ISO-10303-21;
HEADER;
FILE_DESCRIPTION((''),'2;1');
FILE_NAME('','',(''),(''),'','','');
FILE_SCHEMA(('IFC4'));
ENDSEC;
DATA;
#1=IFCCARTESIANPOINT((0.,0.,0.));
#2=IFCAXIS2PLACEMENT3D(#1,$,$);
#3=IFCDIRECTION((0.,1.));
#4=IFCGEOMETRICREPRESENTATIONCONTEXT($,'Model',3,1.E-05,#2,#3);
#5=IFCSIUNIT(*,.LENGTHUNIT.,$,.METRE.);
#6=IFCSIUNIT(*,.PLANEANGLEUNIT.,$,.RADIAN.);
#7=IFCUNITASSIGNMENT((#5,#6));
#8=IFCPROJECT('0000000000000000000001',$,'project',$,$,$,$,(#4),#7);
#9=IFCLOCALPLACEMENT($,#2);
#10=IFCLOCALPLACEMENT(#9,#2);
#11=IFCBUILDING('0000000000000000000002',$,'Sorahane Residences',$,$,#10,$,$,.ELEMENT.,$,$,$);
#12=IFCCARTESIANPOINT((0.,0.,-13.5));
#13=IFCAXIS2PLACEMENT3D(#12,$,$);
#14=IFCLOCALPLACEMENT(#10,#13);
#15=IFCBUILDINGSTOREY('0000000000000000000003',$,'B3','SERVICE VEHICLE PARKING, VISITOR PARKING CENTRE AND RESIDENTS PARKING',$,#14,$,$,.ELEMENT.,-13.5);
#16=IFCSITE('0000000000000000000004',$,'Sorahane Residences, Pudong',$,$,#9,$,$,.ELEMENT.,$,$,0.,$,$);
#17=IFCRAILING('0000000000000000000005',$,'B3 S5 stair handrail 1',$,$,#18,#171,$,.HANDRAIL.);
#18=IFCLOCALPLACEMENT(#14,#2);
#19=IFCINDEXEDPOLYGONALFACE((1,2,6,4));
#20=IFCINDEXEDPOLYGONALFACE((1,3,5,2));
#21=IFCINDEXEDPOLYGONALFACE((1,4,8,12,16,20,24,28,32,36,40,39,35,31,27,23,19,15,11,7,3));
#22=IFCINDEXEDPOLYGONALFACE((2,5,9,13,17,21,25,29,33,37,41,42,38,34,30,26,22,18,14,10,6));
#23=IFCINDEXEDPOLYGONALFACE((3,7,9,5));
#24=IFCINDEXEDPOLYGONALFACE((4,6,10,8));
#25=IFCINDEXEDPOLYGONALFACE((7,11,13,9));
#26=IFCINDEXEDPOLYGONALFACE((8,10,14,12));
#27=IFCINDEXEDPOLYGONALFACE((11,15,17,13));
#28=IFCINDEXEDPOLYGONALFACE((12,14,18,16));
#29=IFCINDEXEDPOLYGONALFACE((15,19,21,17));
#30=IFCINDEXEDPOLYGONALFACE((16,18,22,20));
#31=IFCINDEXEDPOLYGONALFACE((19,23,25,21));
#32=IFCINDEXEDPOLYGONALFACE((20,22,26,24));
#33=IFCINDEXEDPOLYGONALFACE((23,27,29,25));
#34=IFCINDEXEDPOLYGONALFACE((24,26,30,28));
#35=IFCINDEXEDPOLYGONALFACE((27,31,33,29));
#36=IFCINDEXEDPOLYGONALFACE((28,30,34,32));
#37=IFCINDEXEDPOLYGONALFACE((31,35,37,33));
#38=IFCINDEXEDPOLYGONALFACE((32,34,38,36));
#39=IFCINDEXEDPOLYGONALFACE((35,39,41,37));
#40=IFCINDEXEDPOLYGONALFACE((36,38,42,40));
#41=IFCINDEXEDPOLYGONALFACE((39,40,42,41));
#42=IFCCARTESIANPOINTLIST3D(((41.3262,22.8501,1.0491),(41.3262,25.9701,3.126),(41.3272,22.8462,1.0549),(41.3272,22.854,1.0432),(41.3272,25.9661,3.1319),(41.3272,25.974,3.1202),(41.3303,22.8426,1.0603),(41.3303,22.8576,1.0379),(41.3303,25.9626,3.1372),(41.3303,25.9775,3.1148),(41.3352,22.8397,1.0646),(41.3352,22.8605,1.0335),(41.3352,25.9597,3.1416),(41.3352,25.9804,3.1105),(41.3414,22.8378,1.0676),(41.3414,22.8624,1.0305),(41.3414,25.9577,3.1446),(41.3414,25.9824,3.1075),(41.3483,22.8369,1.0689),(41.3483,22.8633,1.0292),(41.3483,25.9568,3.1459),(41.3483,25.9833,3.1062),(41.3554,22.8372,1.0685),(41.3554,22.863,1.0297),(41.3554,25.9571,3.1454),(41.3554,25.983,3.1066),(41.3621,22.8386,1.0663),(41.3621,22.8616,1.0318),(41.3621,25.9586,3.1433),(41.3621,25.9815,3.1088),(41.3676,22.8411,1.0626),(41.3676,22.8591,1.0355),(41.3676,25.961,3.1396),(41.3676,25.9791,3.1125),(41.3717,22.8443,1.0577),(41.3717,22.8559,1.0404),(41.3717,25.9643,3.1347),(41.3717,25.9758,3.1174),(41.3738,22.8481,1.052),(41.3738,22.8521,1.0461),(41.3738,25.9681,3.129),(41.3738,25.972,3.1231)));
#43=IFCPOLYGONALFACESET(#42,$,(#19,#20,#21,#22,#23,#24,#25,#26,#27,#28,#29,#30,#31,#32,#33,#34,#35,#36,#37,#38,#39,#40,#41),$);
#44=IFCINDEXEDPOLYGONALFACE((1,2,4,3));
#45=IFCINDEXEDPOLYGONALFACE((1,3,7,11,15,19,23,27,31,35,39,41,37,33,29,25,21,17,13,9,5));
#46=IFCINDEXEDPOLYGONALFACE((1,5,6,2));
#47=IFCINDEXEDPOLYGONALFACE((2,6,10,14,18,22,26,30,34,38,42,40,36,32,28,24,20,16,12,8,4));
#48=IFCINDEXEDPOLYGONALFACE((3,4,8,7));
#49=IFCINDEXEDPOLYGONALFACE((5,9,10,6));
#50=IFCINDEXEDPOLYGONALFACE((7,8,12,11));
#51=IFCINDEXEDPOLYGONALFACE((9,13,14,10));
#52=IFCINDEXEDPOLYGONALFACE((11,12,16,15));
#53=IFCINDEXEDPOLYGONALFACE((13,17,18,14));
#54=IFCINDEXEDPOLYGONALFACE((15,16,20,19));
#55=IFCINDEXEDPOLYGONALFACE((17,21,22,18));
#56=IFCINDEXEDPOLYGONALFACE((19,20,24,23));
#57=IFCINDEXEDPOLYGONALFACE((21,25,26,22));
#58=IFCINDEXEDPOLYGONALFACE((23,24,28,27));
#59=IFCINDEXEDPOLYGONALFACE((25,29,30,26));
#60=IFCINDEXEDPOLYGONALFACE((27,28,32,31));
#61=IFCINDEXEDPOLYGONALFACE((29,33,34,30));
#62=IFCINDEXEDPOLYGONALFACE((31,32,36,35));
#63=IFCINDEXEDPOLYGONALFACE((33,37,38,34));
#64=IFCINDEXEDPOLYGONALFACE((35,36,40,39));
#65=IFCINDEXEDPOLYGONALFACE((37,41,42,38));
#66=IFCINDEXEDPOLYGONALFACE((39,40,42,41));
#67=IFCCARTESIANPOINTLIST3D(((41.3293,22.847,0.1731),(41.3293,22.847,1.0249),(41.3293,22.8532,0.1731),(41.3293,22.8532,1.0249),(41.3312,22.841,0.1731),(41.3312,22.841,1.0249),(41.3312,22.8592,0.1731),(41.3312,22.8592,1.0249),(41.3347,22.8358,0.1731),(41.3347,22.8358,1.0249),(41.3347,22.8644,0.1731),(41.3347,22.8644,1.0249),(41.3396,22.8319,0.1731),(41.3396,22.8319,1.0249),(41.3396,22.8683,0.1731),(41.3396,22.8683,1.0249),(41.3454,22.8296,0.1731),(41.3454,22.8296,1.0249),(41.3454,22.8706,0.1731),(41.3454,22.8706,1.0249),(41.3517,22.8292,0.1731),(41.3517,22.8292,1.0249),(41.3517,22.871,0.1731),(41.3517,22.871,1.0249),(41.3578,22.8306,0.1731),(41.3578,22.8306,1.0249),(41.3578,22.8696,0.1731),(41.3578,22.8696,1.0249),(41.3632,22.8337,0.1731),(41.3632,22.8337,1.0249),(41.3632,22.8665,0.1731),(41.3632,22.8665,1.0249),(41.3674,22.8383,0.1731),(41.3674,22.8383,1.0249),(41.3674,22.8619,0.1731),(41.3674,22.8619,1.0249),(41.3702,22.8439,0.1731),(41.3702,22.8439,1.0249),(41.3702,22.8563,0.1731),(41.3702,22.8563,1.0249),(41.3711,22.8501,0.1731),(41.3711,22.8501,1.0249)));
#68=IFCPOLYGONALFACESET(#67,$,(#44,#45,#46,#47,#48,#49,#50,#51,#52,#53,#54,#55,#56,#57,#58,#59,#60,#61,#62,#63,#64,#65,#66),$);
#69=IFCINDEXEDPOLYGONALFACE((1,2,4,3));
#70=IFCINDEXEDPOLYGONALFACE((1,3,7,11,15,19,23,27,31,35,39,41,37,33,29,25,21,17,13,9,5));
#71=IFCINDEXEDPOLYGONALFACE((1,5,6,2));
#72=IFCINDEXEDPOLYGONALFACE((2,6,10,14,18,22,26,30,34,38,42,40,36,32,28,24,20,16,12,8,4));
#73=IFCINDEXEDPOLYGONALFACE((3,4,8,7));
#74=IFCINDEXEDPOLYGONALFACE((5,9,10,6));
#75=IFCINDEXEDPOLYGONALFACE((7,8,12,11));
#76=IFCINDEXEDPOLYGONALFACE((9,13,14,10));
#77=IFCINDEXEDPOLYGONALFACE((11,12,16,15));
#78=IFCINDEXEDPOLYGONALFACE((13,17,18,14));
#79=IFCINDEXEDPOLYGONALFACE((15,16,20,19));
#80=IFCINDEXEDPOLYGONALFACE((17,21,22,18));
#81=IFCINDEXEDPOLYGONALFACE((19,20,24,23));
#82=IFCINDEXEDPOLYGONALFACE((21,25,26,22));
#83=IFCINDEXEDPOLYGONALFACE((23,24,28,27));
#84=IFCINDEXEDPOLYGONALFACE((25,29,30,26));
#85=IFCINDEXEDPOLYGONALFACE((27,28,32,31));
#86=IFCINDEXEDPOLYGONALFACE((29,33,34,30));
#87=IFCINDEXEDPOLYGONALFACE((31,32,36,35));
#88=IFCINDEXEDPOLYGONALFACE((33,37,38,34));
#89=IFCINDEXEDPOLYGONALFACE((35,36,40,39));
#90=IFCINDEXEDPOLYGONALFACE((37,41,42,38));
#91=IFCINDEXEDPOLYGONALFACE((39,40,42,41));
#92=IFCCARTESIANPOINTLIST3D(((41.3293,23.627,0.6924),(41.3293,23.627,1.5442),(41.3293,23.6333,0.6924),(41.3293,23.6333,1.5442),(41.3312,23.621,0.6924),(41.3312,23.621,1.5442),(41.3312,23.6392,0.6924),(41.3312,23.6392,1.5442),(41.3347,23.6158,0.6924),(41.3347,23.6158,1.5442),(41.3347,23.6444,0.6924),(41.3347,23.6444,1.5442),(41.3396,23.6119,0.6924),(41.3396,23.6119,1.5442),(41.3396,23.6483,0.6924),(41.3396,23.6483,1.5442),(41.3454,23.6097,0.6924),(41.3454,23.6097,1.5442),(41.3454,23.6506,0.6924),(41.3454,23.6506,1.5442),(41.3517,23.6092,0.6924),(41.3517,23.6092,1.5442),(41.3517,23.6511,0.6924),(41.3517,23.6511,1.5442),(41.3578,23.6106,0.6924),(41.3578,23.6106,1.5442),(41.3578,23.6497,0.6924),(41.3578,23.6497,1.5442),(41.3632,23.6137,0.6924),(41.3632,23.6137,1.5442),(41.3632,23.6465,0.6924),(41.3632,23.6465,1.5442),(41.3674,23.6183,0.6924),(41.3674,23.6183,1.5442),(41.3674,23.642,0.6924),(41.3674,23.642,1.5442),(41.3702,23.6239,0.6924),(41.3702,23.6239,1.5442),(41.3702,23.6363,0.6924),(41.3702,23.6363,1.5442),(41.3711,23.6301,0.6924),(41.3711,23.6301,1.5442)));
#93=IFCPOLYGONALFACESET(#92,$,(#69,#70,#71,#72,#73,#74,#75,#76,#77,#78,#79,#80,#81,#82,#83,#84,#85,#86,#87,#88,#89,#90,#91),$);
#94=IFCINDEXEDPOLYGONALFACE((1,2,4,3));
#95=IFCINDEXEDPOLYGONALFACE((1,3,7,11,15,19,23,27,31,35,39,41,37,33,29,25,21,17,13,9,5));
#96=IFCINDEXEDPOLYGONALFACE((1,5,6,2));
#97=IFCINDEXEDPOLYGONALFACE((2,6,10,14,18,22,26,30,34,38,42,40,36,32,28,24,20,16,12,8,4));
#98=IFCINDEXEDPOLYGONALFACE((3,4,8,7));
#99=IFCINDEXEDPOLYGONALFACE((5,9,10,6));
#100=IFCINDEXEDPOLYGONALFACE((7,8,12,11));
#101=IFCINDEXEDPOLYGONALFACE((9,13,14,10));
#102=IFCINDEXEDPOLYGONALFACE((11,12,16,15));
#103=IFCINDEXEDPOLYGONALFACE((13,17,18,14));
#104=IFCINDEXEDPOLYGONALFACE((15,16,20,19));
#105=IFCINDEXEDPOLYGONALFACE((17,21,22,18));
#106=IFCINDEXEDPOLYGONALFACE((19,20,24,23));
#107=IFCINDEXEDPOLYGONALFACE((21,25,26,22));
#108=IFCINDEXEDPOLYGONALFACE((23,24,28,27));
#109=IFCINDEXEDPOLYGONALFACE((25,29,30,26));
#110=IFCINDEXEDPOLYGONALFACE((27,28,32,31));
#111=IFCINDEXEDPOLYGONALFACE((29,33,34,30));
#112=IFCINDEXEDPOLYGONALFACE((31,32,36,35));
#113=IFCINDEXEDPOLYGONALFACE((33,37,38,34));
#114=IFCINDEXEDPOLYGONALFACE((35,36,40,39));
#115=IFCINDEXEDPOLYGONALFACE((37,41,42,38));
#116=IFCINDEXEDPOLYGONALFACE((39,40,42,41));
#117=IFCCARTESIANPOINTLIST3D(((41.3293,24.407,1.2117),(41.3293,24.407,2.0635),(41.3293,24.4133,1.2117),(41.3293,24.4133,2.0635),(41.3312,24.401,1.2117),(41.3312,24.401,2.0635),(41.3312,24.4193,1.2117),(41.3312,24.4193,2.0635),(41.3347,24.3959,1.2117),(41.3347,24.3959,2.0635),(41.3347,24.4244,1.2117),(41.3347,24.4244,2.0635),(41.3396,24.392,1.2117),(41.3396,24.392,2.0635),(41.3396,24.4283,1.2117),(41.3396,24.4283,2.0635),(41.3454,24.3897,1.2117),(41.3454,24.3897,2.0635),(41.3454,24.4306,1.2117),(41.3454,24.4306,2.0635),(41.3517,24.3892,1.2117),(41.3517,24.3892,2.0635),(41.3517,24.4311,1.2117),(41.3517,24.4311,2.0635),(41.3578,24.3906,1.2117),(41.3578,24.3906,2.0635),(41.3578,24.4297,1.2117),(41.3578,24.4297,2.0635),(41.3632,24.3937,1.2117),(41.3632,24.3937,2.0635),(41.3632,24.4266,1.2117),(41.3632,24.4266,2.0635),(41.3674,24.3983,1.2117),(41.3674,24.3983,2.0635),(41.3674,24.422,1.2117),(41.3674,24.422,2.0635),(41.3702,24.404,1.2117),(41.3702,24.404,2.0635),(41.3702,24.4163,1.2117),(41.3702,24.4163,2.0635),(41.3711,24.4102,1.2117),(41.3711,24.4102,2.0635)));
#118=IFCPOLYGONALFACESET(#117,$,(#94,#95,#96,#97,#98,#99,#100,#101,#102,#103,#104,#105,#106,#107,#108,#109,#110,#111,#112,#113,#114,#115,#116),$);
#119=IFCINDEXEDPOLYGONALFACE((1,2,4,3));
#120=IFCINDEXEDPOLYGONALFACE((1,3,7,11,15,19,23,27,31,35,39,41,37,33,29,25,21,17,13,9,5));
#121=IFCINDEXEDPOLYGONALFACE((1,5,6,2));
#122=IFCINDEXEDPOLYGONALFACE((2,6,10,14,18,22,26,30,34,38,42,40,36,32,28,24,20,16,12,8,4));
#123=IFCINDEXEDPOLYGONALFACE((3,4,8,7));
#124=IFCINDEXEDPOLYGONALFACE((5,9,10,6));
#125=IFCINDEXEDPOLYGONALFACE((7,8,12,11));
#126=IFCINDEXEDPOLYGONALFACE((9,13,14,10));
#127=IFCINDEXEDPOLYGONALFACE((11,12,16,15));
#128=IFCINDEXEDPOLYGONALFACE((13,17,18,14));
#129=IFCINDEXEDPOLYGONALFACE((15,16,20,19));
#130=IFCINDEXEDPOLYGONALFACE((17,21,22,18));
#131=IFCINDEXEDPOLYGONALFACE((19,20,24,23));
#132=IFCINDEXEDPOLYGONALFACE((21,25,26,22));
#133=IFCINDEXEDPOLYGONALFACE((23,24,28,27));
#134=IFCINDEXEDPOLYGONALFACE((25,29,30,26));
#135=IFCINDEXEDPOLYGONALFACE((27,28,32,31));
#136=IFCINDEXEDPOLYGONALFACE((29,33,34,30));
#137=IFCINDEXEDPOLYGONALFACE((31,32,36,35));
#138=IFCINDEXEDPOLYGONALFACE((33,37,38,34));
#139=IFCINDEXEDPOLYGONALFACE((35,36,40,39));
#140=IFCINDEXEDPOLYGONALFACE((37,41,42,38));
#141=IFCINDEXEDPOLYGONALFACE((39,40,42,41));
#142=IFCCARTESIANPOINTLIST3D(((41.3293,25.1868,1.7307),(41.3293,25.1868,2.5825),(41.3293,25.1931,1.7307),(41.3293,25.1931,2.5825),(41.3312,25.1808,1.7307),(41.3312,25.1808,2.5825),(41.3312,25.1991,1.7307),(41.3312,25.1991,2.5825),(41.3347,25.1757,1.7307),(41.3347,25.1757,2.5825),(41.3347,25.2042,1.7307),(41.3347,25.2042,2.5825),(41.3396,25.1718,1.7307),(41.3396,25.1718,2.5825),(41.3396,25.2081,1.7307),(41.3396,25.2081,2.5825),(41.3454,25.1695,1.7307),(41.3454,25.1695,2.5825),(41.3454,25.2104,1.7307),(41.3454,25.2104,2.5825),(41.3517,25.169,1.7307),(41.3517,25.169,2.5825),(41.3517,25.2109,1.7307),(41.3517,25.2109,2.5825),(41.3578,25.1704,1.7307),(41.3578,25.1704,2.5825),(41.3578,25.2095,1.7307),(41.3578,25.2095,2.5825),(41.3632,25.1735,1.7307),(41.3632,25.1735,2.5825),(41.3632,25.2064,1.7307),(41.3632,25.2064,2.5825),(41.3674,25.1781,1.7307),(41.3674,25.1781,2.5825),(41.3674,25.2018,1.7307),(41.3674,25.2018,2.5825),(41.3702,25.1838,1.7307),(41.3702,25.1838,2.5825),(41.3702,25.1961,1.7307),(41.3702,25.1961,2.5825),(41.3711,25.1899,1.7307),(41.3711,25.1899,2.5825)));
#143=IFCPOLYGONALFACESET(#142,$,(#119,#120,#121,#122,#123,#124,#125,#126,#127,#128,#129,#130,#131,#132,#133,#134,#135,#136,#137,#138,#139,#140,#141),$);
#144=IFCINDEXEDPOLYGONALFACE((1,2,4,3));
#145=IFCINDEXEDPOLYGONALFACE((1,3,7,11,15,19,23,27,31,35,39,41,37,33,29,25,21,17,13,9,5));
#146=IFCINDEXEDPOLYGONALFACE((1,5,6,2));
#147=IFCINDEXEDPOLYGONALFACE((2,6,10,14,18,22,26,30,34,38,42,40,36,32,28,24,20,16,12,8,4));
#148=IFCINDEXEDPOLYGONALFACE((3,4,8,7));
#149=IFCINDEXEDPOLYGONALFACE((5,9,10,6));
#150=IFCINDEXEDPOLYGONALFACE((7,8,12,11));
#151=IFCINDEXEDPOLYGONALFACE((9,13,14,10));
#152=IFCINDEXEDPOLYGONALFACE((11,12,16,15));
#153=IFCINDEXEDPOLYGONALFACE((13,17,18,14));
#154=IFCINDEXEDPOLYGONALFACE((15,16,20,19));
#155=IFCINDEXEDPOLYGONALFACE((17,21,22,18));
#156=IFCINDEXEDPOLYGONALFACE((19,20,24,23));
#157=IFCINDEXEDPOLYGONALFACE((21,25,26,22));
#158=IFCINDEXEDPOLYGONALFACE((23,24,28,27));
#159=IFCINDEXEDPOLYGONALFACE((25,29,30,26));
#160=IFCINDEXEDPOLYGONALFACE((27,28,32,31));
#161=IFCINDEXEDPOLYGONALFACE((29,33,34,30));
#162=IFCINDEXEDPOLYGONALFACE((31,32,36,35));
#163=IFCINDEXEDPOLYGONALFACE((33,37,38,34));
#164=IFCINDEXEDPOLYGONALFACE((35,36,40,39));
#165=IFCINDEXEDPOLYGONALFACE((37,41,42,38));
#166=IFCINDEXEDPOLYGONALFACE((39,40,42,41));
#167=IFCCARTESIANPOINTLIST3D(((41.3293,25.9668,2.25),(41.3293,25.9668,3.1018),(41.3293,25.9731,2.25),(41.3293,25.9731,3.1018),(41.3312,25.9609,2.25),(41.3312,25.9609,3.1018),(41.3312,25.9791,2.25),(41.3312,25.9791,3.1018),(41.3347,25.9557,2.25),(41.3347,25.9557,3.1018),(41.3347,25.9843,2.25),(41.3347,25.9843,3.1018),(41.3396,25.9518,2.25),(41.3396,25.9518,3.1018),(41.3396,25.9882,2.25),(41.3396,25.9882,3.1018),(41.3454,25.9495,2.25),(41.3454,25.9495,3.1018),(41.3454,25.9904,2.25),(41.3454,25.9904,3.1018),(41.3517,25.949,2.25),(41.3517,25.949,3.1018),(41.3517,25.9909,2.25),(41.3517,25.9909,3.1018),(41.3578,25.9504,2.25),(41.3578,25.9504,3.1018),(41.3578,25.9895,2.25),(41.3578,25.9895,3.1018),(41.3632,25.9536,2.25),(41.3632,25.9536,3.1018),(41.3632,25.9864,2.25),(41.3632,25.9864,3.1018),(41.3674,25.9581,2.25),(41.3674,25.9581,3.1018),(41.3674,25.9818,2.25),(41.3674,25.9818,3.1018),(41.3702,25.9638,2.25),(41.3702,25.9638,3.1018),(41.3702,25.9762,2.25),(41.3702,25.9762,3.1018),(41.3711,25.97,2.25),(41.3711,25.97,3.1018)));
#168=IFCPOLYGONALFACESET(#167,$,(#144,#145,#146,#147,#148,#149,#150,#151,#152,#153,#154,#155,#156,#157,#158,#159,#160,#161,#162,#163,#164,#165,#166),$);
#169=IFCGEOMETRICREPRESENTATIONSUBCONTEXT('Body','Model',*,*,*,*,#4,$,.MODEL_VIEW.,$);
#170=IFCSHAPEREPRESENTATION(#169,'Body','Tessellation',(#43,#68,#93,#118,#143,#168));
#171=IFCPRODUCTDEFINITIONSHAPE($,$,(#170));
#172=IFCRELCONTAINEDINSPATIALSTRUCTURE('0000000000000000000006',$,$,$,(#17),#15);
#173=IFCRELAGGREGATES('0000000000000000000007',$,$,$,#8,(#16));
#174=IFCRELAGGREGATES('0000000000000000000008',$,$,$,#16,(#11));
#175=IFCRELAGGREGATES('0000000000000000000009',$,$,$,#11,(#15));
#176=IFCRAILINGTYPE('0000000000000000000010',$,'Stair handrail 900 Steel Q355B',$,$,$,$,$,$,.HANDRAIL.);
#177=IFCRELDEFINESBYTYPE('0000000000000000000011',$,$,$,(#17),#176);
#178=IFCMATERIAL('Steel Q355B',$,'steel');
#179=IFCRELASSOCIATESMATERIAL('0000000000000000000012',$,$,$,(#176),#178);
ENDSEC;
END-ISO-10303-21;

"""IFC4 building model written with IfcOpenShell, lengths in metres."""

from ifc_helpers import new_model, si_unit, direction, frame, origin, origin_2d, place, context, subcontext, project, spatial, circle, extrude, material, type_object, element, save


model = new_model("IFC4")

# Units and contexts
model_context = context("Model", 3, precision=1e-05, world=origin(), true_north=direction((0.0, 1.0)))
body_context = subcontext(model_context, "Body", "Model", "MODEL_VIEW")
ifc_project = project(units=[si_unit("LENGTHUNIT", "METRE"), si_unit("PLANEANGLEUNIT", "RADIAN")], contexts=[model_context])

# Site, building, storey
site_placement = place(None, origin())
site = spatial("IfcSite", under=ifc_project, at=site_placement, Name="Sorahane Residences, Pudong", CompositionType="ELEMENT", RefElevation=0.0)
building_placement = place(site_placement, origin())
building = spatial("IfcBuilding", under=site, at=building_placement, Name="Sorahane Residences", CompositionType="ELEMENT")
storey_placement = place(building_placement, frame((0.0, 0.0, -13.5)))
storey = spatial("IfcBuildingStorey", under=building, at=storey_placement, Name="B3", Description="SERVICE VEHICLE PARKING, VISITOR PARKING CENTRE AND RESIDENTS PARKING", CompositionType="ELEMENT", Elevation=-13.5)

# Railing
ifc_material_1 = material(Name="Steel Q355B", Category="steel")
railing_type_1 = type_object("IfcRailingType", Name="Stair handrail 900 Steel Q355B", PredefinedType="HANDRAIL", material=ifc_material_1)
railing_1_placement = place(storey_placement, frame((41.3501, 22.8501, 0.1731)))
element("IfcRailing", 1, at=railing_1_placement, inside=storey, type_object=railing_type_1, Name="B3 S5 stair handrail 1", PredefinedType="HANDRAIL", context=body_context, shape_type="SweptSolid", body=[
    extrude(circle(Radius=0.0239, at=origin_2d()), frame((0.0, 0.0, 0.876), z_axis=(0.0, 0.832421, 0.554144), x_axis=(-1.0, 0.0, 0.0)), (0.0, 0.0, 1.0), 3.748),
    extrude(circle(Radius=0.021, at=origin_2d()), origin(), (0.0, 0.0, 1.0), 0.8518),
    extrude(circle(Radius=0.021, at=origin_2d()), frame((0.0, 0.78, 0.5193)), (0.0, 0.0, 1.0), 0.8518),
    extrude(circle(Radius=0.021, at=origin_2d()), frame((0.0, 1.5601, 1.0386)), (0.0, 0.0, 1.0), 0.8518),
    extrude(circle(Radius=0.021, at=origin_2d()), frame((0.0, 2.3398, 1.5576)), (0.0, 0.0, 1.0), 0.8518),
    extrude(circle(Radius=0.021, at=origin_2d()), frame((0.0, 3.1199, 2.0769)), (0.0, 0.0, 1.0), 0.8518),
])

save(model, "model.ifc")
